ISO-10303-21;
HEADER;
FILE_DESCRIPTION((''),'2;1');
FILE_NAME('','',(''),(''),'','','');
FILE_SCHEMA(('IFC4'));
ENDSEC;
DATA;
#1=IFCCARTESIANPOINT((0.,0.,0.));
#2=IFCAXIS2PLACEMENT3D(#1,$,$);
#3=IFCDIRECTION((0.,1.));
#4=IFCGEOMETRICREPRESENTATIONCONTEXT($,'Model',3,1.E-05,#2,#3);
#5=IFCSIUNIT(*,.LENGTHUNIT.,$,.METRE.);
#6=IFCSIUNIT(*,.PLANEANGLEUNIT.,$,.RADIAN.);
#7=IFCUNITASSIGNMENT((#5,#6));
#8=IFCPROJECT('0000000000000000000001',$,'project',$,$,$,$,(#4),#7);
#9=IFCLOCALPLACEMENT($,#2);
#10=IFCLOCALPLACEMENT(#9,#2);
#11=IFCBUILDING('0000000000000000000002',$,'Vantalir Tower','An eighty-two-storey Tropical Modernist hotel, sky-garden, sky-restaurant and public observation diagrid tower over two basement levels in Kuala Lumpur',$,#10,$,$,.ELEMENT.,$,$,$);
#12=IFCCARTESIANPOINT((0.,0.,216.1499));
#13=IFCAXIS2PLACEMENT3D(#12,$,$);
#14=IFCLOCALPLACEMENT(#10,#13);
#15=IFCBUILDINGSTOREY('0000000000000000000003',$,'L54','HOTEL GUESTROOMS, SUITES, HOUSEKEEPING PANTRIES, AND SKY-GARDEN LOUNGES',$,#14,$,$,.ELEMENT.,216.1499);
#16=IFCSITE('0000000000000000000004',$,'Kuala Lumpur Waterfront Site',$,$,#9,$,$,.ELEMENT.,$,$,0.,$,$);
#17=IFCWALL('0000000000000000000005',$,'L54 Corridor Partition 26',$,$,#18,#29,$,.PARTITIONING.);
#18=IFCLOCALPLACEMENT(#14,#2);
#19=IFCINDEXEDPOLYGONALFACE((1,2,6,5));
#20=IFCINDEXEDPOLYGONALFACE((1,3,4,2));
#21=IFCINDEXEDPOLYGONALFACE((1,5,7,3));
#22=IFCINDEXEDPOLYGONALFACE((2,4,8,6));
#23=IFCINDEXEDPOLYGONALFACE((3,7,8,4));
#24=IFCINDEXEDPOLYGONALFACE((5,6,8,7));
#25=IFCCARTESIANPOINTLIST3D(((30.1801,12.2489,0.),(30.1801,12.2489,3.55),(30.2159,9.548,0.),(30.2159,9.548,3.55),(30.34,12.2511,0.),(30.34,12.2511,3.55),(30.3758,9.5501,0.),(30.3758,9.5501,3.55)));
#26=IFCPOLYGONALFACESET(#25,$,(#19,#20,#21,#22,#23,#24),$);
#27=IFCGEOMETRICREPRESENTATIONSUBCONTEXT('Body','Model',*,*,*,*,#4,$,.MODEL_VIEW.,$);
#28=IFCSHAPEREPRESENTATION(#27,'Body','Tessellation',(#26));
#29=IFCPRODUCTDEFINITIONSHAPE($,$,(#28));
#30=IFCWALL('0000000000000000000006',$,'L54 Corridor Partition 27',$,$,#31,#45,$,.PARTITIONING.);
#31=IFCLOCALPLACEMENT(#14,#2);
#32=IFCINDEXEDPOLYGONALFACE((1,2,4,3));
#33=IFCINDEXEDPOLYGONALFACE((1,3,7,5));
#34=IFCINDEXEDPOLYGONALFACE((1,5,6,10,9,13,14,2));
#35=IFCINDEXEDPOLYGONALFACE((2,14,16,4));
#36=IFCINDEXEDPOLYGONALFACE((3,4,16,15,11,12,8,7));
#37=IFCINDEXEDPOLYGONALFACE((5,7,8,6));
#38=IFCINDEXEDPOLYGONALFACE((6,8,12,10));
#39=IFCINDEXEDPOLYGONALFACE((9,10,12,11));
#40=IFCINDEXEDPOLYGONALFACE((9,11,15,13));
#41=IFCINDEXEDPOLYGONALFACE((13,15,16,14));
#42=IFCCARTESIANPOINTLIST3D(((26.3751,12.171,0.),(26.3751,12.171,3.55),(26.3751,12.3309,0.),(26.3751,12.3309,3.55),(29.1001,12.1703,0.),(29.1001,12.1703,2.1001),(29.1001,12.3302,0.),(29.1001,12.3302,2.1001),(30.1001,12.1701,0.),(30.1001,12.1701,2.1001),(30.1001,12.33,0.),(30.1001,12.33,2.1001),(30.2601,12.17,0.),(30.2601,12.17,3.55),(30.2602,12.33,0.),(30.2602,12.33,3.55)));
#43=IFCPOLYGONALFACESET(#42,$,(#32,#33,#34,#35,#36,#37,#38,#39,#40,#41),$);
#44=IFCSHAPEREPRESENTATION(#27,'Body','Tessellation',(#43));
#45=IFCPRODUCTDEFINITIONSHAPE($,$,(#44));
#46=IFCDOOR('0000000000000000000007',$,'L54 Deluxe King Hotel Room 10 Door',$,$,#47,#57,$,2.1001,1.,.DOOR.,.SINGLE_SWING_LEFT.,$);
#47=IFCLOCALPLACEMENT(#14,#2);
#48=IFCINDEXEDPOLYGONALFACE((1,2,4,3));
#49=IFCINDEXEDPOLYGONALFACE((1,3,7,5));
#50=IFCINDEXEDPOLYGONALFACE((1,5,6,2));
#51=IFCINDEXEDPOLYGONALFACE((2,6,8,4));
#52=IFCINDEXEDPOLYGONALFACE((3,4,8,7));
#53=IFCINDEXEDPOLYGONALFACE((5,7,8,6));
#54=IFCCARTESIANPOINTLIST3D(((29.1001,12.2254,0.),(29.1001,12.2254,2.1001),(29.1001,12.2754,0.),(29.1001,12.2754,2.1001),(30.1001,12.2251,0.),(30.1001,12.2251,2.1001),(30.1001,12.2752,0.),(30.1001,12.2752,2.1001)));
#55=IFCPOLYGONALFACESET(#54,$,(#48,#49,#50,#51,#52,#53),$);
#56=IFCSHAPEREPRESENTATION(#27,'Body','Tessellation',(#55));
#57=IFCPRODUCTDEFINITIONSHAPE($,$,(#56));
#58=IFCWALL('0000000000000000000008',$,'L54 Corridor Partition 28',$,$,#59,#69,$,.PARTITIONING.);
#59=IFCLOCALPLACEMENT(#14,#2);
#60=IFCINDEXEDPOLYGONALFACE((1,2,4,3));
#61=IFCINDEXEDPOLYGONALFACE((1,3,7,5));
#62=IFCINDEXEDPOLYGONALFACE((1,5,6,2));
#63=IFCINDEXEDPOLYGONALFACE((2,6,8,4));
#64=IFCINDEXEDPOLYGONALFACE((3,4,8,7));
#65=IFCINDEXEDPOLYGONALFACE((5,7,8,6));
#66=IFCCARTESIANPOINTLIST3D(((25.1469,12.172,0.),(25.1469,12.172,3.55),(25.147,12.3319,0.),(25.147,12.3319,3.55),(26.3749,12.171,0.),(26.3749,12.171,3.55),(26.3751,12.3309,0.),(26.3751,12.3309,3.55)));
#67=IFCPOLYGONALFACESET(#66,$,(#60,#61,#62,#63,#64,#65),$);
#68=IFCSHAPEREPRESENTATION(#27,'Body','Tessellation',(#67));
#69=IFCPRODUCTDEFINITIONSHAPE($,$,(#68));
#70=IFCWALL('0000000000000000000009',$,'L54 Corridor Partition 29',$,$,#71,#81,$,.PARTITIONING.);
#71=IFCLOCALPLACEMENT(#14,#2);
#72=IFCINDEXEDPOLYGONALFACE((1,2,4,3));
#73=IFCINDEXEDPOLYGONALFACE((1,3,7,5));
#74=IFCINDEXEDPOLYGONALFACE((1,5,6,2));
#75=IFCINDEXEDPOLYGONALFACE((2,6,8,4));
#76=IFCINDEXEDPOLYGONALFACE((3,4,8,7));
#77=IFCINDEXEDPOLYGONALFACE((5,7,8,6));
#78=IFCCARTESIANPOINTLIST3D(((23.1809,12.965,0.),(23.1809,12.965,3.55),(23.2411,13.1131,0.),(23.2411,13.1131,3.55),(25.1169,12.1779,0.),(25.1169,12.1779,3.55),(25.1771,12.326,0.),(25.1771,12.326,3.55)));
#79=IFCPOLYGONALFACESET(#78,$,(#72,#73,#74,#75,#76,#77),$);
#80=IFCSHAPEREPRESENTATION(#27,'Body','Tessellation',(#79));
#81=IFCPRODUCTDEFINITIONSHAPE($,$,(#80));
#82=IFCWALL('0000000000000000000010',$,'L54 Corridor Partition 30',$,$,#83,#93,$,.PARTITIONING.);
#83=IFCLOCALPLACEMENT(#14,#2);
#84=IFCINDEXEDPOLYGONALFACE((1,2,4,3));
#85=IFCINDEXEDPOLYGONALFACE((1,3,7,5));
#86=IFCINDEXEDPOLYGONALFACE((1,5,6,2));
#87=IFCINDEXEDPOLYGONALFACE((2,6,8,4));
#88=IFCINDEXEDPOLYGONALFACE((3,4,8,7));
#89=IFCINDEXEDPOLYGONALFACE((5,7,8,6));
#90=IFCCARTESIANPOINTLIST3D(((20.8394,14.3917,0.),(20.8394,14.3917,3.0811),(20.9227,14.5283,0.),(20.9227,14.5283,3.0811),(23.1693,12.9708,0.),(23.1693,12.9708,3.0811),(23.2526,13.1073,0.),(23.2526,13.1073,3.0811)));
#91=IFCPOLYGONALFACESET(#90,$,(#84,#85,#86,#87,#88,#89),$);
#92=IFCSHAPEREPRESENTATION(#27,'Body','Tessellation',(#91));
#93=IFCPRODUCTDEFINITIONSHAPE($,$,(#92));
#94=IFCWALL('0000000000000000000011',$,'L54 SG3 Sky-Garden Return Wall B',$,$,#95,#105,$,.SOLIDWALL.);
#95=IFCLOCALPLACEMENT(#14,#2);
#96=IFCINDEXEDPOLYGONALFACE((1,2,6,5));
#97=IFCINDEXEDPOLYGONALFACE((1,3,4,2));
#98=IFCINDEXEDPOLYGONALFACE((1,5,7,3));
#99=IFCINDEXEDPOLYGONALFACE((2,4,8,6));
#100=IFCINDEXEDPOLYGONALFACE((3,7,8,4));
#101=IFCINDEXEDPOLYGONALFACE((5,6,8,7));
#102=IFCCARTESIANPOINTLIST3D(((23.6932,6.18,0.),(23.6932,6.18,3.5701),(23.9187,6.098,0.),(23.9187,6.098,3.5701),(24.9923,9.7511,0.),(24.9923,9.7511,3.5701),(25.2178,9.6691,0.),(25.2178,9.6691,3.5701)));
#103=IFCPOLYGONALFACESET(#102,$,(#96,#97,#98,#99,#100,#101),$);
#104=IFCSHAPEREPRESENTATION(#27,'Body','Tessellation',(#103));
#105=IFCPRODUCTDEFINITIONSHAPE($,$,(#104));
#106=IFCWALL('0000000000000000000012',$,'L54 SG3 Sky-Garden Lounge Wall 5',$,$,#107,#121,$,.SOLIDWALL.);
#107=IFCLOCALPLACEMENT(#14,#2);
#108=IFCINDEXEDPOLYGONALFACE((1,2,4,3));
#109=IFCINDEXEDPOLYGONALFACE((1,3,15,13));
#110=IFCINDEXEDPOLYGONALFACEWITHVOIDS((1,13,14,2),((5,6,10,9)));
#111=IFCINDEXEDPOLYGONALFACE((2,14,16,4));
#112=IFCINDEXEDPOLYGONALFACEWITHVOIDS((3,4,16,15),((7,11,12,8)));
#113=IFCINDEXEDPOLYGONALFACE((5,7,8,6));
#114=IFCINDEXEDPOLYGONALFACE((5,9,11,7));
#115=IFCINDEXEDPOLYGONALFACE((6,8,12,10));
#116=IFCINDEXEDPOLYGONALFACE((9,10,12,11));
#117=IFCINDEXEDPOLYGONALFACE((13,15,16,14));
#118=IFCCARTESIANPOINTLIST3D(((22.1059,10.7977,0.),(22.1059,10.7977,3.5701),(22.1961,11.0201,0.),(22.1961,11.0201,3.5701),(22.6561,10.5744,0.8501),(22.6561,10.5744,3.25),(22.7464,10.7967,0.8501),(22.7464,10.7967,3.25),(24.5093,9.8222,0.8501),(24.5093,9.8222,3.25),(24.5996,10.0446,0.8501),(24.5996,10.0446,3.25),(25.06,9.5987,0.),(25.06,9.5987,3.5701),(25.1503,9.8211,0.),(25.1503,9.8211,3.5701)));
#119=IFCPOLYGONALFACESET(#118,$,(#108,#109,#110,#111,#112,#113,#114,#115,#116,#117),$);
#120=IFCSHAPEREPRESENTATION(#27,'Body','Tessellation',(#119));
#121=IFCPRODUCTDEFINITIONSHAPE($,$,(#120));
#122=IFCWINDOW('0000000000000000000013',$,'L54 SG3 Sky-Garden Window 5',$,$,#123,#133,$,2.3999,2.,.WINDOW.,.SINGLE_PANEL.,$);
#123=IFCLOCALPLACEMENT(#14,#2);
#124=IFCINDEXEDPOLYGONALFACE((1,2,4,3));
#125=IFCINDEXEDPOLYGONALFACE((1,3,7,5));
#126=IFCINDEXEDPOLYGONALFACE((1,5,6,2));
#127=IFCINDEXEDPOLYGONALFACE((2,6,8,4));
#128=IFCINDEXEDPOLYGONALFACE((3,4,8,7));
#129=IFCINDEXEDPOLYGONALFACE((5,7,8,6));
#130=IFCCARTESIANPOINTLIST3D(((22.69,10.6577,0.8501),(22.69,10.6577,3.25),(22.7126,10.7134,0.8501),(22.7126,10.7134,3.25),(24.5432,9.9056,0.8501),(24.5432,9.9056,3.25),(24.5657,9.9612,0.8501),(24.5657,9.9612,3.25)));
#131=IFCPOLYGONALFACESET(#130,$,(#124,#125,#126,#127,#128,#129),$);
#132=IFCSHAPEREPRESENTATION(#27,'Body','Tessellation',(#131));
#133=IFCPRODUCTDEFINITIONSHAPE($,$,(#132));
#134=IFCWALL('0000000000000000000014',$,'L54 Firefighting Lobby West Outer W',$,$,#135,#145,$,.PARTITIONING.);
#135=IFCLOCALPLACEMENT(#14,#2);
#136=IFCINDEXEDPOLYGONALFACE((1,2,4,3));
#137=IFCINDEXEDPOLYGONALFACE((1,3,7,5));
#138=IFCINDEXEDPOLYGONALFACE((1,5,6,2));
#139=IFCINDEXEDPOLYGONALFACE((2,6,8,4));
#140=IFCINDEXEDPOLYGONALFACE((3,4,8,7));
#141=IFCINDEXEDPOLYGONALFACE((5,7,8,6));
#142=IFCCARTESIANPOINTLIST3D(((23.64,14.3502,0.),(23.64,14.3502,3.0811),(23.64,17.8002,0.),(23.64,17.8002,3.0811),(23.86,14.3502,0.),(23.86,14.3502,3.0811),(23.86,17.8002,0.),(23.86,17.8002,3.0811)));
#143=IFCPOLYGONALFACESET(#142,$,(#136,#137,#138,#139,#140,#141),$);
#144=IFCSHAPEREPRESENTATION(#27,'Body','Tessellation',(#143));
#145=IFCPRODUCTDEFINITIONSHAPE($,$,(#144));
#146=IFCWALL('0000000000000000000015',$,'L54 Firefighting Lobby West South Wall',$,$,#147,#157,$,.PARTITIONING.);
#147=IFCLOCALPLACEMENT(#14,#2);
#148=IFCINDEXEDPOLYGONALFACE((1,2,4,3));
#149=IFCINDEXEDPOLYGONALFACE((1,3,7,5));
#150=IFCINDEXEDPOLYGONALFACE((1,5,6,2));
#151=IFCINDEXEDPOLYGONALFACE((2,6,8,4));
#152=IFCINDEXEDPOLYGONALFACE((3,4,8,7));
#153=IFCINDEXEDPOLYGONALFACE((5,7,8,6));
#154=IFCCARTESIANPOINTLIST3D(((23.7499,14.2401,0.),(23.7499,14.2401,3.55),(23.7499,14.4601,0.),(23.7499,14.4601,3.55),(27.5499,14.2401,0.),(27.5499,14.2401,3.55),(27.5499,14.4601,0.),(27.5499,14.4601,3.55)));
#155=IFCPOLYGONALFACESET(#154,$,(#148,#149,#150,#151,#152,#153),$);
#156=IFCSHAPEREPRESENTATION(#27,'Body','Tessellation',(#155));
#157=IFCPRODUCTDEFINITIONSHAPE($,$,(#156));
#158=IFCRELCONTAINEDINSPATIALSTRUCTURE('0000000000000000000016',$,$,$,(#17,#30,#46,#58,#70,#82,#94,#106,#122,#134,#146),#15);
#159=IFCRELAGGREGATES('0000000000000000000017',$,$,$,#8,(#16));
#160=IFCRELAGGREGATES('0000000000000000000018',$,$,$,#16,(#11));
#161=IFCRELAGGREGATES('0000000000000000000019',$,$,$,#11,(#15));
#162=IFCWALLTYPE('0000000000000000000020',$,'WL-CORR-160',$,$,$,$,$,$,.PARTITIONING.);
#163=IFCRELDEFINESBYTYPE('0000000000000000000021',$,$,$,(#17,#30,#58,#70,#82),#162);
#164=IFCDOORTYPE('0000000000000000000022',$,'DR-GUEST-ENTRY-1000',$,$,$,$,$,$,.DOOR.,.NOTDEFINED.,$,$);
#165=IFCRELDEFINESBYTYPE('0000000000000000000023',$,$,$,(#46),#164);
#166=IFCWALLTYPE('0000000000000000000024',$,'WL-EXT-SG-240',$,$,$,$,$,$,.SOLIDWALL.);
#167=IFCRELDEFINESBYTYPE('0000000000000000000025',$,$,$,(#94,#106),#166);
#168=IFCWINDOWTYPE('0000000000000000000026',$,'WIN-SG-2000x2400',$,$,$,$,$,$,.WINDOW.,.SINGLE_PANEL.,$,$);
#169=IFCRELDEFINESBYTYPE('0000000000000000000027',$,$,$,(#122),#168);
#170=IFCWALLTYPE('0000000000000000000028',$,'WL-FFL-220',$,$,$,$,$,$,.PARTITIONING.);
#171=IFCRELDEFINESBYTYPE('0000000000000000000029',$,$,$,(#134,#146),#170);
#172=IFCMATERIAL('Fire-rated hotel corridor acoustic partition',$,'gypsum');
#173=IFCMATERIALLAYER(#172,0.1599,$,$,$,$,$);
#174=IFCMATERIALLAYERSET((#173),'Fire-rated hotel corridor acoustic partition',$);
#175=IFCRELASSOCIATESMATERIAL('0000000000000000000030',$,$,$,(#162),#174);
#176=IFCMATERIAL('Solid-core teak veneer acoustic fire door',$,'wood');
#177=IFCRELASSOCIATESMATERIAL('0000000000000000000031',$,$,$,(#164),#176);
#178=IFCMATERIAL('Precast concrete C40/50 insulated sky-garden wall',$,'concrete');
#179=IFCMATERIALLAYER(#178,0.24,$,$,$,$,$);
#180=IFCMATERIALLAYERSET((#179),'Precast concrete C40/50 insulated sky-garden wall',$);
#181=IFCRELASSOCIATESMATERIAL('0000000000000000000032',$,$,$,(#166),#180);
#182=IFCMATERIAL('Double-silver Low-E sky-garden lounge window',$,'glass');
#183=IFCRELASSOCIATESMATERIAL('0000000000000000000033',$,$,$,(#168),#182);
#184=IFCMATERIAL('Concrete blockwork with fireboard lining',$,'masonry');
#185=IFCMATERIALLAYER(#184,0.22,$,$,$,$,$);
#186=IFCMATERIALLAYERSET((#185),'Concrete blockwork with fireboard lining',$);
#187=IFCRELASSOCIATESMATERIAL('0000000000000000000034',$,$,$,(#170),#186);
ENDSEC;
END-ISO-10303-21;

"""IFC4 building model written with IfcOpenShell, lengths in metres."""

from ifc_helpers import new_model, si_unit, direction, frame, frame_2d, origin, place, context, subcontext, project, spatial, rectangle, extrude, material, layer, layer_set, type_object, element, fill, save


model = new_model("IFC4")

# Units and contexts
model_context = context("Model", 3, precision=1e-05, world=origin(), true_north=direction((0.0, 1.0)))
body_context = subcontext(model_context, "Body", "Model", "MODEL_VIEW")
ifc_project = project(units=[si_unit("LENGTHUNIT", "METRE"), si_unit("PLANEANGLEUNIT", "RADIAN")], contexts=[model_context])

# Site, building, storey
site_placement = place(None, origin())
site = spatial("IfcSite", under=ifc_project, at=site_placement, Name="Kuala Lumpur Waterfront Site", CompositionType="ELEMENT", RefElevation=0.0)
building_placement = place(site_placement, origin())
building = spatial("IfcBuilding", under=site, at=building_placement, Name="Vantalir Tower", Description="An eighty-two-storey Tropical Modernist hotel, sky-garden, sky-restaurant and public observation diagrid tower over two basement levels in Kuala Lumpur", CompositionType="ELEMENT")
storey_placement = place(building_placement, frame((0.0, 0.0, 216.1499)))
storey = spatial("IfcBuildingStorey", under=building, at=storey_placement, Name="L54", Description="HOTEL GUESTROOMS, SUITES, HOUSEKEEPING PANTRIES, AND SKY-GARDEN LOUNGES", CompositionType="ELEMENT", Elevation=216.1499)

# Wall
ifc_material_1 = material(Name="Fire-rated hotel corridor acoustic partition", Category="gypsum")
ifc_layer_1 = layer(ifc_material_1, 0.1599)
ifc_layer_set_1 = layer_set([ifc_layer_1], Name="Fire-rated hotel corridor acoustic partition")
wall_type_1 = type_object("IfcWallType", Name="WL-CORR-160", PredefinedType="PARTITIONING", material=ifc_layer_set_1)
wall_1_placement = place(storey_placement, frame((30.2959, 9.5491, 0.0), z_axis=(0.0, 0.0, 1.0), x_axis=(-0.013286, 0.999912, 0.0)))
element("IfcWall", 1, at=wall_1_placement, inside=storey, type_object=wall_type_1, Name="L54 Corridor Partition 26", PredefinedType="PARTITIONING", context=body_context, shape_type="SweptSolid", body=[
    extrude(rectangle(XDim=2.7012, YDim=0.1599, at=frame_2d((1.3506, 0.0))), origin(), (0.0, 0.0, 1.0), 3.55),
])

# Wall, opening, door
wall_2_placement = place(storey_placement, frame((30.26, 12.25, 0.0), z_axis=(0.0, 0.0, 1.0), x_axis=(-1.0, 0.000251, 0.0)))
wall_2 = element("IfcWall", 2, at=wall_2_placement, inside=storey, type_object=wall_type_1, Name="L54 Corridor Partition 27", PredefinedType="PARTITIONING", context=body_context, shape_type="SweptSolid", body=[
    extrude(rectangle(XDim=3.885, YDim=0.1599, at=frame_2d((1.9424, 0.0))), origin(), (0.0, 0.0, 1.0), 3.55),
])
opening_1_placement = place(wall_2_placement, frame((0.1599, 0.0, 0.0)))
opening_1 = element("IfcOpeningElement", 3, at=opening_1_placement, cuts=wall_2, PredefinedType="OPENING", context=body_context, shape_type="SweptSolid", body=[
    extrude(rectangle(XDim=1.0, YDim=2.1001, at=frame_2d((0.5, 1.05))), frame((0.0, 0.0898, 0.0), z_axis=(0.0, -1.0, 0.0), x_axis=(1.0, 0.0, 0.0)), (0.0, 0.0, 1.0), 0.1799),
])
ifc_material_2 = material(Name="Solid-core teak veneer acoustic fire door", Category="wood")
door_type_1 = type_object("IfcDoorType", Name="DR-GUEST-ENTRY-1000", OperationType="NOTDEFINED", PredefinedType="DOOR", material=ifc_material_2)
door_1_placement = place(opening_1_placement, origin())
door_1 = element("IfcDoor", 4, at=door_1_placement, inside=storey, type_object=door_type_1, Name="L54 Deluxe King Hotel Room 10 Door", OperationType="SINGLE_SWING_LEFT", OverallHeight=2.1001, OverallWidth=1.0, PredefinedType="DOOR", context=body_context, shape_type="SweptSolid", body=[
    extrude(rectangle(XDim=1.0, YDim=2.1001, at=frame_2d((0.5, 1.05))), frame((0.0, 0.0249, 0.0), z_axis=(0.0, -1.0, 0.0), x_axis=(1.0, 0.0, 0.0)), (0.0, 0.0, 1.0), 0.05),
])
fill(opening_1, door_1)

# Walls
wall_3_placement = place(storey_placement, frame((26.375, 12.251, 0.0), z_axis=(0.0, 0.0, 1.0), x_axis=(-1.0, 0.000795, 0.0)))
element("IfcWall", 5, at=wall_3_placement, inside=storey, type_object=wall_type_1, Name="L54 Corridor Partition 28", PredefinedType="PARTITIONING", context=body_context, shape_type="SweptSolid", body=[
    extrude(rectangle(XDim=1.228, YDim=0.1599, at=frame_2d((0.614, 0.0))), origin(), (0.0, 0.0, 1.0), 3.55),
])
wall_4_placement = place(storey_placement, frame((25.147, 12.252, 0.0), z_axis=(0.0, 0.0, 1.0), x_axis=(-0.926367, 0.376621, 0.0)))
element("IfcWall", 6, at=wall_4_placement, inside=storey, type_object=wall_type_1, Name="L54 Corridor Partition 29", PredefinedType="PARTITIONING", context=body_context, shape_type="SweptSolid", body=[
    extrude(rectangle(XDim=2.0898, YDim=0.1599, at=frame_2d((1.0449, 0.0))), origin(), (0.0, 0.0, 1.0), 3.55),
])
wall_5_placement = place(storey_placement, frame((23.2109, 13.0391, 0.0), z_axis=(0.0, 0.0, 1.0), x_axis=(-0.853753, 0.520679, 0.0)))
element("IfcWall", 7, at=wall_5_placement, inside=storey, type_object=wall_type_1, Name="L54 Corridor Partition 30", PredefinedType="PARTITIONING", context=body_context, shape_type="SweptSolid", body=[
    extrude(rectangle(XDim=2.729, YDim=0.1599, at=frame_2d((1.3645, 0.0))), origin(), (0.0, 0.0, 1.0), 3.0811),
])
ifc_material_3 = material(Name="Precast concrete C40/50 insulated sky-garden wall", Category="concrete")
ifc_layer_2 = layer(ifc_material_3, 0.24)
ifc_layer_set_2 = layer_set([ifc_layer_2], Name="Precast concrete C40/50 insulated sky-garden wall")
wall_type_2 = type_object("IfcWallType", Name="WL-EXT-SG-240", PredefinedType="SOLIDWALL", material=ifc_layer_set_2)
wall_6_placement = place(storey_placement, frame((25.105, 9.71, 0.0), z_axis=(0.0, 0.0, 1.0), x_axis=(-0.341862, -0.93975, 0.0)))
element("IfcWall", 8, at=wall_6_placement, inside=storey, type_object=wall_type_2, Name="L54 SG3 Sky-Garden Return Wall B", PredefinedType="SOLIDWALL", context=body_context, shape_type="SweptSolid", body=[
    extrude(rectangle(XDim=3.8, YDim=0.24, at=frame_2d((1.8999, 0.0))), origin(), (0.0, 0.0, 1.0), 3.5701),
])

# Wall, opening, window
wall_7_placement = place(storey_placement, frame((22.1509, 10.9089, 0.0), z_axis=(0.0, 0.0, 1.0), x_axis=(0.92659, -0.376073, 0.0)))
wall_7 = element("IfcWall", 9, at=wall_7_placement, inside=storey, type_object=wall_type_2, Name="L54 SG3 Sky-Garden Lounge Wall 5", PredefinedType="SOLIDWALL", context=body_context, shape_type="SweptSolid", body=[
    extrude(rectangle(XDim=3.1882, YDim=0.24, at=frame_2d((1.5942, 0.0))), origin(), (0.0, 0.0, 1.0), 3.5701),
])
opening_2_placement = place(wall_7_placement, frame((0.594, 0.0, 0.8501)))
opening_2 = element("IfcOpeningElement", 10, at=opening_2_placement, cuts=wall_7, PredefinedType="OPENING", context=body_context, shape_type="SweptSolid", body=[
    extrude(rectangle(XDim=2.0, YDim=2.3999, at=frame_2d((1.0, 1.2))), frame((0.0, 0.1299, 0.0), z_axis=(0.0, -1.0, 0.0), x_axis=(1.0, 0.0, 0.0)), (0.0, 0.0, 1.0), 0.26),
])
ifc_material_4 = material(Name="Double-silver Low-E sky-garden lounge window", Category="glass")
window_type = type_object("IfcWindowType", Name="WIN-SG-2000x2400", PartitioningType="SINGLE_PANEL", PredefinedType="WINDOW", material=ifc_material_4)
window_placement = place(opening_2_placement, origin())
window = element("IfcWindow", 11, at=window_placement, inside=storey, type_object=window_type, Name="L54 SG3 Sky-Garden Window 5", OverallHeight=2.3999, OverallWidth=2.0, PartitioningType="SINGLE_PANEL", PredefinedType="WINDOW", context=body_context, shape_type="SweptSolid", body=[
    extrude(rectangle(XDim=2.0, YDim=2.3999, at=frame_2d((1.0, 1.2))), frame((0.0, 0.03, 0.0), z_axis=(0.0, -1.0, 0.0), x_axis=(1.0, 0.0, 0.0)), (0.0, 0.0, 1.0), 0.0601),
])
fill(opening_2, window)

# Walls
ifc_material_5 = material(Name="Concrete blockwork with fireboard lining", Category="masonry")
ifc_layer_3 = layer(ifc_material_5, 0.22)
ifc_layer_set_3 = layer_set([ifc_layer_3], Name="Concrete blockwork with fireboard lining")
wall_type_3 = type_object("IfcWallType", Name="WL-FFL-220", PredefinedType="PARTITIONING", material=ifc_layer_set_3)
wall_8_placement = place(storey_placement, frame((23.75, 14.3501, 0.0), z_axis=(0.0, 0.0, 1.0), x_axis=(0.0, 1.0, 0.0)))
element("IfcWall", 12, at=wall_8_placement, inside=storey, type_object=wall_type_3, Name="L54 Firefighting Lobby West Outer W", PredefinedType="PARTITIONING", context=body_context, shape_type="SweptSolid", body=[
    extrude(rectangle(XDim=3.45, YDim=0.22, at=frame_2d((1.7251, 0.0))), origin(), (0.0, 0.0, 1.0), 3.0811),
])
wall_9_placement = place(storey_placement, frame((23.75, 14.3501, 0.0), z_axis=(0.0, 0.0, 1.0), x_axis=(1.0, 0.0, 0.0)))
element("IfcWall", 13, at=wall_9_placement, inside=storey, type_object=wall_type_3, Name="L54 Firefighting Lobby West South Wall", PredefinedType="PARTITIONING", context=body_context, shape_type="SweptSolid", body=[
    extrude(rectangle(XDim=3.8, YDim=0.22, at=frame_2d((1.8999, 0.0))), origin(), (0.0, 0.0, 1.0), 3.55),
])

save(model, "model.ifc")
